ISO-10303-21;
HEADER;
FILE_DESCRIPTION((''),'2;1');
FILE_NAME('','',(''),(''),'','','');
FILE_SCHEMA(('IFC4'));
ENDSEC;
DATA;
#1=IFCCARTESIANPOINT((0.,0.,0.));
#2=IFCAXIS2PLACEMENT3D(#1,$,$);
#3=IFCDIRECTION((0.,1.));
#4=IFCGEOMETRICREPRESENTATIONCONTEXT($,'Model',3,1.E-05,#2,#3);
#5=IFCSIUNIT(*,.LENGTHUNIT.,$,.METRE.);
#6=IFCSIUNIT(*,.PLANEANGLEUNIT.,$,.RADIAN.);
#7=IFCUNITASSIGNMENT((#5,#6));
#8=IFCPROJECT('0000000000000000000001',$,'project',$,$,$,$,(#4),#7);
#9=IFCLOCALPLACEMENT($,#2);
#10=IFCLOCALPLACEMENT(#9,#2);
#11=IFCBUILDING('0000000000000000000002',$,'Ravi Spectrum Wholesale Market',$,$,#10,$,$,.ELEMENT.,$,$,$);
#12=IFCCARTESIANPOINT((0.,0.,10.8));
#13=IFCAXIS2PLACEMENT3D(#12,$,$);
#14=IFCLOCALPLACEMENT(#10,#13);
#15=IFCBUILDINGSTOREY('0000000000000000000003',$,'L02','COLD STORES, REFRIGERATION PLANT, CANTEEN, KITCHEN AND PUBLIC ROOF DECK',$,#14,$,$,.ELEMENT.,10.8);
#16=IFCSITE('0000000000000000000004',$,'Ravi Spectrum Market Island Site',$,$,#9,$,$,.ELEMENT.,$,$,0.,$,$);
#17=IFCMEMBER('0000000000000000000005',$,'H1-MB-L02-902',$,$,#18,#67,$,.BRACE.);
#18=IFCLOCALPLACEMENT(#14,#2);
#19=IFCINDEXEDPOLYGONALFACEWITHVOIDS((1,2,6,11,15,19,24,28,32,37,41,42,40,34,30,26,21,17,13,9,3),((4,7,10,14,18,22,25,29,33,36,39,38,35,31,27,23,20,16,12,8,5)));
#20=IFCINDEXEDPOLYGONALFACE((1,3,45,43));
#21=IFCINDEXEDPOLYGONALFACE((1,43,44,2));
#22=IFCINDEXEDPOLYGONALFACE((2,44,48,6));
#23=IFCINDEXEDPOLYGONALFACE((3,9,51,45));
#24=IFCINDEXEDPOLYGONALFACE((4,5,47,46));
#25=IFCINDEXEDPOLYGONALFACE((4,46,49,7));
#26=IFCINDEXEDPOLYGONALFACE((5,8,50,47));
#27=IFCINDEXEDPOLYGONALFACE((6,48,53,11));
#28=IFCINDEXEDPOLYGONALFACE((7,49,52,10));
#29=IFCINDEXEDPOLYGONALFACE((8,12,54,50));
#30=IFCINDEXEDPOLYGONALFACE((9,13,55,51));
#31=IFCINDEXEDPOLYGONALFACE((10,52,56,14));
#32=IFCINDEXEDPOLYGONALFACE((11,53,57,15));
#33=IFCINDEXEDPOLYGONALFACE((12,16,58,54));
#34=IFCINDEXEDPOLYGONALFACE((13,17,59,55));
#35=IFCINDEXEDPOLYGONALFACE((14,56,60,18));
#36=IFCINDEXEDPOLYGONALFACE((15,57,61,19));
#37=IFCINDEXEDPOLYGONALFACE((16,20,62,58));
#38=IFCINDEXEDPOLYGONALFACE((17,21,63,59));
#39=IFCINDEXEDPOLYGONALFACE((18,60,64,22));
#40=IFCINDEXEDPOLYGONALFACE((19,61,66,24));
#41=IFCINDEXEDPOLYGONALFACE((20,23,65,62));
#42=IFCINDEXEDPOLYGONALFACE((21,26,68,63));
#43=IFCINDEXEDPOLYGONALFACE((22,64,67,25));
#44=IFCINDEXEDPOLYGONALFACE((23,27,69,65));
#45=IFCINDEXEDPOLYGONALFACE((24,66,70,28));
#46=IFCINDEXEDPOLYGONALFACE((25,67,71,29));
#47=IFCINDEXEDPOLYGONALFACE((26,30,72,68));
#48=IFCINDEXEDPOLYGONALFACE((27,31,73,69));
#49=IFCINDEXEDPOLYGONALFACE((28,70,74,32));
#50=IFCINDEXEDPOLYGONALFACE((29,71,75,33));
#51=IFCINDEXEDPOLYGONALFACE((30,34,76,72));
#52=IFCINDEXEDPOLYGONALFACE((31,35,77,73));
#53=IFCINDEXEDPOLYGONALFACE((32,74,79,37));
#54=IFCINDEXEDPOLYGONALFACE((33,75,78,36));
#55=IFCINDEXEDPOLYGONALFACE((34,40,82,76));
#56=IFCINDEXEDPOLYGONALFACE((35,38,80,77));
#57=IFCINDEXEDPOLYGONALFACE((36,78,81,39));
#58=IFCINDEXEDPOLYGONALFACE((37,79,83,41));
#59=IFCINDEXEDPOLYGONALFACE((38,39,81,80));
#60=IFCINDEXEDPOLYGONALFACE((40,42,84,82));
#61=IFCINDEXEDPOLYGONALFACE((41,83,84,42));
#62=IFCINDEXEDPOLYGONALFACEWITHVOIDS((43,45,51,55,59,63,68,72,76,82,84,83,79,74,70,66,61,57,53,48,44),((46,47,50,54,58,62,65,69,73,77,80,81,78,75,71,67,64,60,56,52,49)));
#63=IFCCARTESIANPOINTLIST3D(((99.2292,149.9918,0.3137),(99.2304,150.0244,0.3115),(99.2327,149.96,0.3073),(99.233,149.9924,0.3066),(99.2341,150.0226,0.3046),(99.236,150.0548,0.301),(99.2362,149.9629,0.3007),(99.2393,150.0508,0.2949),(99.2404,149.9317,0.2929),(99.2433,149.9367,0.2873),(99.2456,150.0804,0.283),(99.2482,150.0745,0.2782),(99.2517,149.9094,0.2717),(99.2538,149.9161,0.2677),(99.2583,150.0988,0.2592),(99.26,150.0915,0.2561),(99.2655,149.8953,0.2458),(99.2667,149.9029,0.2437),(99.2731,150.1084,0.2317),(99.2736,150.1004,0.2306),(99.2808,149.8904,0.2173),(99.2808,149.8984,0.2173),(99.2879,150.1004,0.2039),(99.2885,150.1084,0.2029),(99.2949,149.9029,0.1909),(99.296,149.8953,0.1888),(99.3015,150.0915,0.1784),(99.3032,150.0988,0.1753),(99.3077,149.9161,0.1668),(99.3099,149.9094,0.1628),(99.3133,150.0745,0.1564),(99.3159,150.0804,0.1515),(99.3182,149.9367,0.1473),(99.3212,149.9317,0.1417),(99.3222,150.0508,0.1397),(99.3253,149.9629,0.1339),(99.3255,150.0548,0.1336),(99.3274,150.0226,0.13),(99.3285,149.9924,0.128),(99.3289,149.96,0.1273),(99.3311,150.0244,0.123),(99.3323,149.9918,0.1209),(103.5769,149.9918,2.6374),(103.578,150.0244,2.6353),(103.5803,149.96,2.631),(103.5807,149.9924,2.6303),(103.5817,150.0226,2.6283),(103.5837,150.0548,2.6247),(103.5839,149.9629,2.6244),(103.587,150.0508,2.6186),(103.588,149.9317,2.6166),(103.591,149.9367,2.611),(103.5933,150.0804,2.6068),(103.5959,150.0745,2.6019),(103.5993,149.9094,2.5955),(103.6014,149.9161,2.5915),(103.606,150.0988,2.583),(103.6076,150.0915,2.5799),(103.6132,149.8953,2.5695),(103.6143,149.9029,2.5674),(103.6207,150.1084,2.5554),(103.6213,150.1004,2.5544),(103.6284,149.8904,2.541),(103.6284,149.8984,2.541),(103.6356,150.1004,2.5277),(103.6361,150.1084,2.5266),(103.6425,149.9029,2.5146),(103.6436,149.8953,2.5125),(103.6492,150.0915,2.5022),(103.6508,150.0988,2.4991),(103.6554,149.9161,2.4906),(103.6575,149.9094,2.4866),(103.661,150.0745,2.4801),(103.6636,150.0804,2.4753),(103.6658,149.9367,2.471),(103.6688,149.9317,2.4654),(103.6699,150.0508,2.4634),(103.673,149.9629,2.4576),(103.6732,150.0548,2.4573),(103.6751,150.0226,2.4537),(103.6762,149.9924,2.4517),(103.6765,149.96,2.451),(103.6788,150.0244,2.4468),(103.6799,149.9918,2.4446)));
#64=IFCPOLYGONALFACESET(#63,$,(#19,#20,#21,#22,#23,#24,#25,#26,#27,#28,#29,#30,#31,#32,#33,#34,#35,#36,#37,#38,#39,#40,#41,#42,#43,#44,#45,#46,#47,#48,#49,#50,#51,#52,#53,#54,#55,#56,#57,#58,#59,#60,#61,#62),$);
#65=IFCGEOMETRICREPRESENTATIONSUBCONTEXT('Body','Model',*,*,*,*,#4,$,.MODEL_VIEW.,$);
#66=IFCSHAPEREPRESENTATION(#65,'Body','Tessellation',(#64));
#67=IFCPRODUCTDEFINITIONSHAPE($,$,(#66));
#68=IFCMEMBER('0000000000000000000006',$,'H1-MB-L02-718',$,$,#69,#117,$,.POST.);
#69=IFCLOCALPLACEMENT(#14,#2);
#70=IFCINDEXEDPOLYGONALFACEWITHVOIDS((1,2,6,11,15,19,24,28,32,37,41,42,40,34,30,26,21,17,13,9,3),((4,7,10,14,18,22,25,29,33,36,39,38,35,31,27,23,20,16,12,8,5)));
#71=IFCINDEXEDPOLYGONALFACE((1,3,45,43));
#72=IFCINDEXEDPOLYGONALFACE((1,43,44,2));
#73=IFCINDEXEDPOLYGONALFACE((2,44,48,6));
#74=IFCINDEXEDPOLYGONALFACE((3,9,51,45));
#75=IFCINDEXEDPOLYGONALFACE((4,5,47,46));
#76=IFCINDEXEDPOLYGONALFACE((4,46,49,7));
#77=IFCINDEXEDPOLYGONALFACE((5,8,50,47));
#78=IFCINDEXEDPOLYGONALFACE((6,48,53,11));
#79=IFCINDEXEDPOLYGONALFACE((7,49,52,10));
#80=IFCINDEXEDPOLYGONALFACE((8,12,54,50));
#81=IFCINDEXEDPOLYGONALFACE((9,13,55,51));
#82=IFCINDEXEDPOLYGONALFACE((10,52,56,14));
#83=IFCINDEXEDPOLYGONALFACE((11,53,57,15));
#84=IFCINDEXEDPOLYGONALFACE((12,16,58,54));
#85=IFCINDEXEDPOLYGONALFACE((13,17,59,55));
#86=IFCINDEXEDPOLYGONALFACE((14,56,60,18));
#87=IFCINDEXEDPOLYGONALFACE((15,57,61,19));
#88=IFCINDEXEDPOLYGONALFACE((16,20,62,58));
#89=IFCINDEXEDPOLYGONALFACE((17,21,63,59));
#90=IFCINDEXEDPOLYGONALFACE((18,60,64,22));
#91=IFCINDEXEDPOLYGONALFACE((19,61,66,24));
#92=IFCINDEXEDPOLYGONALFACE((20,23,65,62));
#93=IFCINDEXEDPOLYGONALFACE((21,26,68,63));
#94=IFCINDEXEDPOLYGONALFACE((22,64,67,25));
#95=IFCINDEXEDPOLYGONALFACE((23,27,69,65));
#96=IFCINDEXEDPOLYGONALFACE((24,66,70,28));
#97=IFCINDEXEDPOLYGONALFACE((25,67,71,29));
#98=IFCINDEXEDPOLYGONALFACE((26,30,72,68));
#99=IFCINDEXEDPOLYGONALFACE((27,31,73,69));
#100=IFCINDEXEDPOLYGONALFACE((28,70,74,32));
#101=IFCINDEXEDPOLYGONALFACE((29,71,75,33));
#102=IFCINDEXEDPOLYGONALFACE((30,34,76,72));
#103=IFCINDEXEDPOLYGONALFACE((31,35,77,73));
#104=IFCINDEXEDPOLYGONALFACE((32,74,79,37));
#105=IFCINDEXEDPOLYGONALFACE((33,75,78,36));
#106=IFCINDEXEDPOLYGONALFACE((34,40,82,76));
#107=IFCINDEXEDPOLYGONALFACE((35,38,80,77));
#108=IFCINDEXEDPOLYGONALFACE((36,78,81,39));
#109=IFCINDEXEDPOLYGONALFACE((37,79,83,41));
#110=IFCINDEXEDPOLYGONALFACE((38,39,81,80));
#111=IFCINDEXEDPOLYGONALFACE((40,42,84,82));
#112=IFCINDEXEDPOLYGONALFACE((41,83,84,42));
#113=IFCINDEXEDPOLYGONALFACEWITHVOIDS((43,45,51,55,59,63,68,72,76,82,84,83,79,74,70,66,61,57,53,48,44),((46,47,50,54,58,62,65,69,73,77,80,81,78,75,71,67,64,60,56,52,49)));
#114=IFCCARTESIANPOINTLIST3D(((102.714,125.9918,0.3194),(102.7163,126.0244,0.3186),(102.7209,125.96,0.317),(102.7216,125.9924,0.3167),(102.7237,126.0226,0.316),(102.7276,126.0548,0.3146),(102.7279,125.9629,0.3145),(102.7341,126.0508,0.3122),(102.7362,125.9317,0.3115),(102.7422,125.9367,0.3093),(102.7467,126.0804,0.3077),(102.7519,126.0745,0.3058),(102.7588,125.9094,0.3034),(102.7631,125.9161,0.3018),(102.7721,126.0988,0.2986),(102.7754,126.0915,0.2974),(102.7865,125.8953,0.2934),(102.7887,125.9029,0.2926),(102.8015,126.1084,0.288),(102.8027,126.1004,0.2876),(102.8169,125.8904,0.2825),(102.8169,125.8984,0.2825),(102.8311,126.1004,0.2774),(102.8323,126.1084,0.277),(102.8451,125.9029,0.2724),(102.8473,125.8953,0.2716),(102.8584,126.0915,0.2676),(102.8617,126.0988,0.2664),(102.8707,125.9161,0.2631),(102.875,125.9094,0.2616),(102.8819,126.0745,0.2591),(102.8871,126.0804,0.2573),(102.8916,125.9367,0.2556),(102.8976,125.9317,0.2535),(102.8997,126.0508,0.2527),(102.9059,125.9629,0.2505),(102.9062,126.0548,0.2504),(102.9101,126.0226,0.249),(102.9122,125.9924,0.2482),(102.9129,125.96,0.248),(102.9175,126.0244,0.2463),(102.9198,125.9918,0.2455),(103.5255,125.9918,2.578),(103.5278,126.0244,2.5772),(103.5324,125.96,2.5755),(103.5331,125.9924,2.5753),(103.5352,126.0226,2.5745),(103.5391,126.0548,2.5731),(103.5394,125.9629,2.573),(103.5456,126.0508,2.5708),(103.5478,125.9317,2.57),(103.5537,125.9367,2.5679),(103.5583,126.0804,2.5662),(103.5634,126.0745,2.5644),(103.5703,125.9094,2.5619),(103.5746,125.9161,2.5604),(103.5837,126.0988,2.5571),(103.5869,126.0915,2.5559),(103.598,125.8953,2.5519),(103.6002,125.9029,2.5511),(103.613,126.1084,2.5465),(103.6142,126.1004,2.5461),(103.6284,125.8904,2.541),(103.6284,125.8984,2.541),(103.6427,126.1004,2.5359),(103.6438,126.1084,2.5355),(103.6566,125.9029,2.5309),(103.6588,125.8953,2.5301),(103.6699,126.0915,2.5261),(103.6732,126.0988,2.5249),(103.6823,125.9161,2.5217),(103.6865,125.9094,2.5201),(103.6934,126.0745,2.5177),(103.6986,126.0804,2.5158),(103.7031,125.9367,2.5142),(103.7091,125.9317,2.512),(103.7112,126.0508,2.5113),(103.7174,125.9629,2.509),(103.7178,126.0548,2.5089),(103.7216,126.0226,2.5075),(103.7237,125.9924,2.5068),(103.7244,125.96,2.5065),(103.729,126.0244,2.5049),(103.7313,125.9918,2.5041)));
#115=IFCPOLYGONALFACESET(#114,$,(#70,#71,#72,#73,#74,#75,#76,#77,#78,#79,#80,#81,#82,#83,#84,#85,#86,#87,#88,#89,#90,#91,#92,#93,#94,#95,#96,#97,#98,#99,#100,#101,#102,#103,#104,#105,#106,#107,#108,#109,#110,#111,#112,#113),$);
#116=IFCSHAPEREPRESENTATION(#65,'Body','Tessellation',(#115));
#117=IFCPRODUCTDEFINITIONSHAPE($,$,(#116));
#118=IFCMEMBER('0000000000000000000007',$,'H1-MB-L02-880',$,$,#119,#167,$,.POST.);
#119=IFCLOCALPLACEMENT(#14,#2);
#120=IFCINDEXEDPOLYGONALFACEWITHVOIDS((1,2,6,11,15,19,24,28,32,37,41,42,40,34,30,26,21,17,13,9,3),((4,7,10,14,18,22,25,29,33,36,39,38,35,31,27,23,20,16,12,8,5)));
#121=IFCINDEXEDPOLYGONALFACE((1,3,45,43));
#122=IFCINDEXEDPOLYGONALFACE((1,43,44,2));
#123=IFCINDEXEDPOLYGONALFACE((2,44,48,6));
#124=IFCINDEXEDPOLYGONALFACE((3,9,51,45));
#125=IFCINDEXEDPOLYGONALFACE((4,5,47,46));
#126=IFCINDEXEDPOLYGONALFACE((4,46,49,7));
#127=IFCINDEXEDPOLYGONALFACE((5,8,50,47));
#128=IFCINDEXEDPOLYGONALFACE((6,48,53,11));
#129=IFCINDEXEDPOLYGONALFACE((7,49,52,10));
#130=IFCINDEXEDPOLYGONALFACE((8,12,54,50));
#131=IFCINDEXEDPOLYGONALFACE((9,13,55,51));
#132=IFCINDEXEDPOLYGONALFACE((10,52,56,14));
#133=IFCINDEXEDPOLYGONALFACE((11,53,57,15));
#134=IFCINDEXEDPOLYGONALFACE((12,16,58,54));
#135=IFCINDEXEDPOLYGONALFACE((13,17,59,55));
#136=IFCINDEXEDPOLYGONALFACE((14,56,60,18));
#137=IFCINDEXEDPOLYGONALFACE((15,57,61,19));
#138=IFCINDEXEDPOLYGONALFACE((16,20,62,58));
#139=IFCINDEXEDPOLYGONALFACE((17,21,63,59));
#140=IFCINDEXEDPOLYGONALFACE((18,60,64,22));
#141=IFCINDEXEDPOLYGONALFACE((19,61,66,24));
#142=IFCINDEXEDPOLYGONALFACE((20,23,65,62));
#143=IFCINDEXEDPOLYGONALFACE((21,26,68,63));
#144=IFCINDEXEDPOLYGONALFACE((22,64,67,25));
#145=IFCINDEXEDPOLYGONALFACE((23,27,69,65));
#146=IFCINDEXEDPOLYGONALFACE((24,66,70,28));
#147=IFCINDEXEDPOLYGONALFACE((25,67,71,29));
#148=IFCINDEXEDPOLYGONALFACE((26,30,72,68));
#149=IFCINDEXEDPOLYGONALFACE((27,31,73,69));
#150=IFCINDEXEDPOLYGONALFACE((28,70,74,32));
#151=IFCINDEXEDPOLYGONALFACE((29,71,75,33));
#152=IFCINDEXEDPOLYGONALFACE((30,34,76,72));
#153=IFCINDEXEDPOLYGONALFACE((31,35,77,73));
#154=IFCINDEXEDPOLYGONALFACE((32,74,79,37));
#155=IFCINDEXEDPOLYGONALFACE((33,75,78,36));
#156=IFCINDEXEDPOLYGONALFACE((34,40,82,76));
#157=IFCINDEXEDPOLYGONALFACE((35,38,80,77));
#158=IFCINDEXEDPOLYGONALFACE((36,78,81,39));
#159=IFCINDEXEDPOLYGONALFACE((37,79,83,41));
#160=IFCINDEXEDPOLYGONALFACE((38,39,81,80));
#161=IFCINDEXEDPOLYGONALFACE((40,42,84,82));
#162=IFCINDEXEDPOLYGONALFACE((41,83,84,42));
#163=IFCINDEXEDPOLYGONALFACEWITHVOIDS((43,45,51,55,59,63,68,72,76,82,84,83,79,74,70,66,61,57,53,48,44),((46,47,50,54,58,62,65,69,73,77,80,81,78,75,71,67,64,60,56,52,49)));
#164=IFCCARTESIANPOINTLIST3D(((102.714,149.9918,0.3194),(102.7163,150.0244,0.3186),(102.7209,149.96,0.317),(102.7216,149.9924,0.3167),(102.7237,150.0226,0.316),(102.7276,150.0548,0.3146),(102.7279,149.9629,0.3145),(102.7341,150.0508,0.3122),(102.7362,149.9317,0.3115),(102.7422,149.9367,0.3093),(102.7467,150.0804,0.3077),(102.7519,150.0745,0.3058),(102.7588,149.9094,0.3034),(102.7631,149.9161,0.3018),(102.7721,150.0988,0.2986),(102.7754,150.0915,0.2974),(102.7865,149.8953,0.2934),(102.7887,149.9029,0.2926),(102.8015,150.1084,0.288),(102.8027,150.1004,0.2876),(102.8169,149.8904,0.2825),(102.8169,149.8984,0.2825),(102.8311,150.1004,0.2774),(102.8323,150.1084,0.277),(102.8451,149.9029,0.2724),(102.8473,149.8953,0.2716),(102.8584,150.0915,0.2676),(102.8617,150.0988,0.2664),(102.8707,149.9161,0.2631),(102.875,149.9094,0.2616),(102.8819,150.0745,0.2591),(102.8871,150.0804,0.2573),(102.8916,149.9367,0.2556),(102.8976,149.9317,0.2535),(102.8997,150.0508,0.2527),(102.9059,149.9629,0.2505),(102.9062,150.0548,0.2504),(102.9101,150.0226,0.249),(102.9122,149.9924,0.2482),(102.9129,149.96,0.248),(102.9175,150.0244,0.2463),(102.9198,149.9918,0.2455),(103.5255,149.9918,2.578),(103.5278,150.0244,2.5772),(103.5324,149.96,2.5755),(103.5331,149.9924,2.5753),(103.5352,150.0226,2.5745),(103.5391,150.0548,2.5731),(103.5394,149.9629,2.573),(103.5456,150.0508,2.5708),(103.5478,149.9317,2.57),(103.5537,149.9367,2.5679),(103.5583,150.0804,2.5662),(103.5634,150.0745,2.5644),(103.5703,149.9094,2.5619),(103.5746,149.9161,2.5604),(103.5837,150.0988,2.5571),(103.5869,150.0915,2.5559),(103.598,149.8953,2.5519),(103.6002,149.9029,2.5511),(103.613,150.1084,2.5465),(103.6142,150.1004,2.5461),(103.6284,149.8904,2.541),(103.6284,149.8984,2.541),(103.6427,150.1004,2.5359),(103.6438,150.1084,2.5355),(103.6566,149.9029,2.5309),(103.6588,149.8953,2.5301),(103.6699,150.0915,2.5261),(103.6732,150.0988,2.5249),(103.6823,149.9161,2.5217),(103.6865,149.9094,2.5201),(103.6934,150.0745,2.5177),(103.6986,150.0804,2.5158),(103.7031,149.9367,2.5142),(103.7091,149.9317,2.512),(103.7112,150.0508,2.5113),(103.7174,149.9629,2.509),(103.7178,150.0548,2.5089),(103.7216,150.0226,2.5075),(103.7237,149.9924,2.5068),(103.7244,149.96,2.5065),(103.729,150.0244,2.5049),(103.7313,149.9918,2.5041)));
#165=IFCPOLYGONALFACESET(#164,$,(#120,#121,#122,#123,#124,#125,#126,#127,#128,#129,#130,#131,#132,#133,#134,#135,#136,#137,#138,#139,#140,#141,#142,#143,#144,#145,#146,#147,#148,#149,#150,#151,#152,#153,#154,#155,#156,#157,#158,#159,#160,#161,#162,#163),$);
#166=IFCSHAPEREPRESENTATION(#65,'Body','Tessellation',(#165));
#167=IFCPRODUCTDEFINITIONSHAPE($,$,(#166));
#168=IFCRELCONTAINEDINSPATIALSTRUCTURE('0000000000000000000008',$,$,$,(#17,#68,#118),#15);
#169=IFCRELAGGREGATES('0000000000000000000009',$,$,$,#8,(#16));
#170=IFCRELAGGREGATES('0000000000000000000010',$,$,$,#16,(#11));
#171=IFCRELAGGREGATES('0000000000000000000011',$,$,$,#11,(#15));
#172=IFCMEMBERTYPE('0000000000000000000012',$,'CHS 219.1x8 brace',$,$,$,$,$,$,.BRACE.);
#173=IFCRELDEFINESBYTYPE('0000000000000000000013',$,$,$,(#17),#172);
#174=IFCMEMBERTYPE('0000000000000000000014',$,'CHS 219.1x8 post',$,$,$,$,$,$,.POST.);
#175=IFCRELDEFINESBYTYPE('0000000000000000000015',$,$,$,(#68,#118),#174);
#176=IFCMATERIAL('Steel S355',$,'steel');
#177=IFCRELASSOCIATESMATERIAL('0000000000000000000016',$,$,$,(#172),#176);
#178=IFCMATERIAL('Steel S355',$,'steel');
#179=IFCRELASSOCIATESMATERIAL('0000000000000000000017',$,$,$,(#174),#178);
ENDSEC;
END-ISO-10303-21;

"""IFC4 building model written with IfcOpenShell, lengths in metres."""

from ifc_helpers import new_model, si_unit, direction, frame, origin, origin_2d, place, context, subcontext, project, spatial, hollow_circle, extrude, material, material_profile, profile_set, type_object, element, save


model = new_model("IFC4")

# Units and contexts
model_context = context("Model", 3, precision=1e-05, world=origin(), true_north=direction((0.0, 1.0)))
body_context = subcontext(model_context, "Body", "Model", "MODEL_VIEW")
ifc_project = project(units=[si_unit("LENGTHUNIT", "METRE"), si_unit("PLANEANGLEUNIT", "RADIAN")], contexts=[model_context])

# Site, building, storey
site_placement = place(None, origin())
site = spatial("IfcSite", under=ifc_project, at=site_placement, Name="Ravi Spectrum Market Island Site", CompositionType="ELEMENT", RefElevation=0.0)
building_placement = place(site_placement, origin())
building = spatial("IfcBuilding", under=site, at=building_placement, Name="Ravi Spectrum Wholesale Market", CompositionType="ELEMENT")
storey_placement = place(building_placement, frame((0.0, 0.0, 10.8)))
storey = spatial("IfcBuildingStorey", under=building, at=storey_placement, Name="L02", Description="COLD STORES, REFRIGERATION PLANT, CANTEEN, KITCHEN AND PUBLIC ROOF DECK", CompositionType="ELEMENT", Elevation=10.8)

# Members
ifc_material_1 = material(Name="Steel S355", Category="steel")
ifc_material_profile_1 = material_profile(ifc_material_1, hollow_circle(Radius=0.1096, WallThickness=0.0081, at=origin_2d()))
ifc_profile_set_1 = profile_set([ifc_material_profile_1], Name="Steel S355")
member_type_1 = type_object("IfcMemberType", Name="CHS 219.1x8 brace", PredefinedType="BRACE", material=ifc_profile_set_1)
for number, where, z_axis, x_axis, name in (
    (1, (103.6284, 150.0, 2.541), (-0.881933, 0.0, -0.471375), (0.0, -1.0, 0.0), "H1-MB-L02-902"),
):
    element("IfcMember", number, at=place(storey_placement, frame(where, z_axis=z_axis, x_axis=x_axis)), inside=storey, type_object=member_type_1, Name=name, PredefinedType="BRACE", context=body_context, shape_type="SweptSolid", body=[
        extrude(hollow_circle(Radius=0.1096, WallThickness=0.0081, at=origin_2d()), origin(), (0.0, 0.0, 1.0), 4.9297),
    ])
ifc_material_2 = material(Name="Steel S355", Category="steel")
ifc_material_profile_2 = material_profile(ifc_material_2, hollow_circle(Radius=0.1096, WallThickness=0.0081, at=origin_2d()))
ifc_profile_set_2 = profile_set([ifc_material_profile_2], Name="Steel S355")
member_type_2 = type_object("IfcMemberType", Name="CHS 219.1x8 post", PredefinedType="POST", material=ifc_profile_set_2)
for number, where, z_axis, x_axis, name in (
    (2, (103.6284, 126.0, 2.541), (-0.338147, 0.0, -0.941093), (0.0, -1.0, 0.0), "H1-MB-L02-718"),
    (3, (103.6284, 150.0, 2.541), (-0.338147, 0.0, -0.941093), (0.0, -1.0, 0.0), "H1-MB-L02-880"),
):
    element("IfcMember", number, at=place(storey_placement, frame(where, z_axis=z_axis, x_axis=x_axis)), inside=storey, type_object=member_type_2, Name=name, PredefinedType="POST", context=body_context, shape_type="SweptSolid", body=[
        extrude(hollow_circle(Radius=0.1096, WallThickness=0.0081, at=origin_2d()), origin(), (0.0, 0.0, 1.0), 2.3999),
    ])

save(model, "model.ifc")
